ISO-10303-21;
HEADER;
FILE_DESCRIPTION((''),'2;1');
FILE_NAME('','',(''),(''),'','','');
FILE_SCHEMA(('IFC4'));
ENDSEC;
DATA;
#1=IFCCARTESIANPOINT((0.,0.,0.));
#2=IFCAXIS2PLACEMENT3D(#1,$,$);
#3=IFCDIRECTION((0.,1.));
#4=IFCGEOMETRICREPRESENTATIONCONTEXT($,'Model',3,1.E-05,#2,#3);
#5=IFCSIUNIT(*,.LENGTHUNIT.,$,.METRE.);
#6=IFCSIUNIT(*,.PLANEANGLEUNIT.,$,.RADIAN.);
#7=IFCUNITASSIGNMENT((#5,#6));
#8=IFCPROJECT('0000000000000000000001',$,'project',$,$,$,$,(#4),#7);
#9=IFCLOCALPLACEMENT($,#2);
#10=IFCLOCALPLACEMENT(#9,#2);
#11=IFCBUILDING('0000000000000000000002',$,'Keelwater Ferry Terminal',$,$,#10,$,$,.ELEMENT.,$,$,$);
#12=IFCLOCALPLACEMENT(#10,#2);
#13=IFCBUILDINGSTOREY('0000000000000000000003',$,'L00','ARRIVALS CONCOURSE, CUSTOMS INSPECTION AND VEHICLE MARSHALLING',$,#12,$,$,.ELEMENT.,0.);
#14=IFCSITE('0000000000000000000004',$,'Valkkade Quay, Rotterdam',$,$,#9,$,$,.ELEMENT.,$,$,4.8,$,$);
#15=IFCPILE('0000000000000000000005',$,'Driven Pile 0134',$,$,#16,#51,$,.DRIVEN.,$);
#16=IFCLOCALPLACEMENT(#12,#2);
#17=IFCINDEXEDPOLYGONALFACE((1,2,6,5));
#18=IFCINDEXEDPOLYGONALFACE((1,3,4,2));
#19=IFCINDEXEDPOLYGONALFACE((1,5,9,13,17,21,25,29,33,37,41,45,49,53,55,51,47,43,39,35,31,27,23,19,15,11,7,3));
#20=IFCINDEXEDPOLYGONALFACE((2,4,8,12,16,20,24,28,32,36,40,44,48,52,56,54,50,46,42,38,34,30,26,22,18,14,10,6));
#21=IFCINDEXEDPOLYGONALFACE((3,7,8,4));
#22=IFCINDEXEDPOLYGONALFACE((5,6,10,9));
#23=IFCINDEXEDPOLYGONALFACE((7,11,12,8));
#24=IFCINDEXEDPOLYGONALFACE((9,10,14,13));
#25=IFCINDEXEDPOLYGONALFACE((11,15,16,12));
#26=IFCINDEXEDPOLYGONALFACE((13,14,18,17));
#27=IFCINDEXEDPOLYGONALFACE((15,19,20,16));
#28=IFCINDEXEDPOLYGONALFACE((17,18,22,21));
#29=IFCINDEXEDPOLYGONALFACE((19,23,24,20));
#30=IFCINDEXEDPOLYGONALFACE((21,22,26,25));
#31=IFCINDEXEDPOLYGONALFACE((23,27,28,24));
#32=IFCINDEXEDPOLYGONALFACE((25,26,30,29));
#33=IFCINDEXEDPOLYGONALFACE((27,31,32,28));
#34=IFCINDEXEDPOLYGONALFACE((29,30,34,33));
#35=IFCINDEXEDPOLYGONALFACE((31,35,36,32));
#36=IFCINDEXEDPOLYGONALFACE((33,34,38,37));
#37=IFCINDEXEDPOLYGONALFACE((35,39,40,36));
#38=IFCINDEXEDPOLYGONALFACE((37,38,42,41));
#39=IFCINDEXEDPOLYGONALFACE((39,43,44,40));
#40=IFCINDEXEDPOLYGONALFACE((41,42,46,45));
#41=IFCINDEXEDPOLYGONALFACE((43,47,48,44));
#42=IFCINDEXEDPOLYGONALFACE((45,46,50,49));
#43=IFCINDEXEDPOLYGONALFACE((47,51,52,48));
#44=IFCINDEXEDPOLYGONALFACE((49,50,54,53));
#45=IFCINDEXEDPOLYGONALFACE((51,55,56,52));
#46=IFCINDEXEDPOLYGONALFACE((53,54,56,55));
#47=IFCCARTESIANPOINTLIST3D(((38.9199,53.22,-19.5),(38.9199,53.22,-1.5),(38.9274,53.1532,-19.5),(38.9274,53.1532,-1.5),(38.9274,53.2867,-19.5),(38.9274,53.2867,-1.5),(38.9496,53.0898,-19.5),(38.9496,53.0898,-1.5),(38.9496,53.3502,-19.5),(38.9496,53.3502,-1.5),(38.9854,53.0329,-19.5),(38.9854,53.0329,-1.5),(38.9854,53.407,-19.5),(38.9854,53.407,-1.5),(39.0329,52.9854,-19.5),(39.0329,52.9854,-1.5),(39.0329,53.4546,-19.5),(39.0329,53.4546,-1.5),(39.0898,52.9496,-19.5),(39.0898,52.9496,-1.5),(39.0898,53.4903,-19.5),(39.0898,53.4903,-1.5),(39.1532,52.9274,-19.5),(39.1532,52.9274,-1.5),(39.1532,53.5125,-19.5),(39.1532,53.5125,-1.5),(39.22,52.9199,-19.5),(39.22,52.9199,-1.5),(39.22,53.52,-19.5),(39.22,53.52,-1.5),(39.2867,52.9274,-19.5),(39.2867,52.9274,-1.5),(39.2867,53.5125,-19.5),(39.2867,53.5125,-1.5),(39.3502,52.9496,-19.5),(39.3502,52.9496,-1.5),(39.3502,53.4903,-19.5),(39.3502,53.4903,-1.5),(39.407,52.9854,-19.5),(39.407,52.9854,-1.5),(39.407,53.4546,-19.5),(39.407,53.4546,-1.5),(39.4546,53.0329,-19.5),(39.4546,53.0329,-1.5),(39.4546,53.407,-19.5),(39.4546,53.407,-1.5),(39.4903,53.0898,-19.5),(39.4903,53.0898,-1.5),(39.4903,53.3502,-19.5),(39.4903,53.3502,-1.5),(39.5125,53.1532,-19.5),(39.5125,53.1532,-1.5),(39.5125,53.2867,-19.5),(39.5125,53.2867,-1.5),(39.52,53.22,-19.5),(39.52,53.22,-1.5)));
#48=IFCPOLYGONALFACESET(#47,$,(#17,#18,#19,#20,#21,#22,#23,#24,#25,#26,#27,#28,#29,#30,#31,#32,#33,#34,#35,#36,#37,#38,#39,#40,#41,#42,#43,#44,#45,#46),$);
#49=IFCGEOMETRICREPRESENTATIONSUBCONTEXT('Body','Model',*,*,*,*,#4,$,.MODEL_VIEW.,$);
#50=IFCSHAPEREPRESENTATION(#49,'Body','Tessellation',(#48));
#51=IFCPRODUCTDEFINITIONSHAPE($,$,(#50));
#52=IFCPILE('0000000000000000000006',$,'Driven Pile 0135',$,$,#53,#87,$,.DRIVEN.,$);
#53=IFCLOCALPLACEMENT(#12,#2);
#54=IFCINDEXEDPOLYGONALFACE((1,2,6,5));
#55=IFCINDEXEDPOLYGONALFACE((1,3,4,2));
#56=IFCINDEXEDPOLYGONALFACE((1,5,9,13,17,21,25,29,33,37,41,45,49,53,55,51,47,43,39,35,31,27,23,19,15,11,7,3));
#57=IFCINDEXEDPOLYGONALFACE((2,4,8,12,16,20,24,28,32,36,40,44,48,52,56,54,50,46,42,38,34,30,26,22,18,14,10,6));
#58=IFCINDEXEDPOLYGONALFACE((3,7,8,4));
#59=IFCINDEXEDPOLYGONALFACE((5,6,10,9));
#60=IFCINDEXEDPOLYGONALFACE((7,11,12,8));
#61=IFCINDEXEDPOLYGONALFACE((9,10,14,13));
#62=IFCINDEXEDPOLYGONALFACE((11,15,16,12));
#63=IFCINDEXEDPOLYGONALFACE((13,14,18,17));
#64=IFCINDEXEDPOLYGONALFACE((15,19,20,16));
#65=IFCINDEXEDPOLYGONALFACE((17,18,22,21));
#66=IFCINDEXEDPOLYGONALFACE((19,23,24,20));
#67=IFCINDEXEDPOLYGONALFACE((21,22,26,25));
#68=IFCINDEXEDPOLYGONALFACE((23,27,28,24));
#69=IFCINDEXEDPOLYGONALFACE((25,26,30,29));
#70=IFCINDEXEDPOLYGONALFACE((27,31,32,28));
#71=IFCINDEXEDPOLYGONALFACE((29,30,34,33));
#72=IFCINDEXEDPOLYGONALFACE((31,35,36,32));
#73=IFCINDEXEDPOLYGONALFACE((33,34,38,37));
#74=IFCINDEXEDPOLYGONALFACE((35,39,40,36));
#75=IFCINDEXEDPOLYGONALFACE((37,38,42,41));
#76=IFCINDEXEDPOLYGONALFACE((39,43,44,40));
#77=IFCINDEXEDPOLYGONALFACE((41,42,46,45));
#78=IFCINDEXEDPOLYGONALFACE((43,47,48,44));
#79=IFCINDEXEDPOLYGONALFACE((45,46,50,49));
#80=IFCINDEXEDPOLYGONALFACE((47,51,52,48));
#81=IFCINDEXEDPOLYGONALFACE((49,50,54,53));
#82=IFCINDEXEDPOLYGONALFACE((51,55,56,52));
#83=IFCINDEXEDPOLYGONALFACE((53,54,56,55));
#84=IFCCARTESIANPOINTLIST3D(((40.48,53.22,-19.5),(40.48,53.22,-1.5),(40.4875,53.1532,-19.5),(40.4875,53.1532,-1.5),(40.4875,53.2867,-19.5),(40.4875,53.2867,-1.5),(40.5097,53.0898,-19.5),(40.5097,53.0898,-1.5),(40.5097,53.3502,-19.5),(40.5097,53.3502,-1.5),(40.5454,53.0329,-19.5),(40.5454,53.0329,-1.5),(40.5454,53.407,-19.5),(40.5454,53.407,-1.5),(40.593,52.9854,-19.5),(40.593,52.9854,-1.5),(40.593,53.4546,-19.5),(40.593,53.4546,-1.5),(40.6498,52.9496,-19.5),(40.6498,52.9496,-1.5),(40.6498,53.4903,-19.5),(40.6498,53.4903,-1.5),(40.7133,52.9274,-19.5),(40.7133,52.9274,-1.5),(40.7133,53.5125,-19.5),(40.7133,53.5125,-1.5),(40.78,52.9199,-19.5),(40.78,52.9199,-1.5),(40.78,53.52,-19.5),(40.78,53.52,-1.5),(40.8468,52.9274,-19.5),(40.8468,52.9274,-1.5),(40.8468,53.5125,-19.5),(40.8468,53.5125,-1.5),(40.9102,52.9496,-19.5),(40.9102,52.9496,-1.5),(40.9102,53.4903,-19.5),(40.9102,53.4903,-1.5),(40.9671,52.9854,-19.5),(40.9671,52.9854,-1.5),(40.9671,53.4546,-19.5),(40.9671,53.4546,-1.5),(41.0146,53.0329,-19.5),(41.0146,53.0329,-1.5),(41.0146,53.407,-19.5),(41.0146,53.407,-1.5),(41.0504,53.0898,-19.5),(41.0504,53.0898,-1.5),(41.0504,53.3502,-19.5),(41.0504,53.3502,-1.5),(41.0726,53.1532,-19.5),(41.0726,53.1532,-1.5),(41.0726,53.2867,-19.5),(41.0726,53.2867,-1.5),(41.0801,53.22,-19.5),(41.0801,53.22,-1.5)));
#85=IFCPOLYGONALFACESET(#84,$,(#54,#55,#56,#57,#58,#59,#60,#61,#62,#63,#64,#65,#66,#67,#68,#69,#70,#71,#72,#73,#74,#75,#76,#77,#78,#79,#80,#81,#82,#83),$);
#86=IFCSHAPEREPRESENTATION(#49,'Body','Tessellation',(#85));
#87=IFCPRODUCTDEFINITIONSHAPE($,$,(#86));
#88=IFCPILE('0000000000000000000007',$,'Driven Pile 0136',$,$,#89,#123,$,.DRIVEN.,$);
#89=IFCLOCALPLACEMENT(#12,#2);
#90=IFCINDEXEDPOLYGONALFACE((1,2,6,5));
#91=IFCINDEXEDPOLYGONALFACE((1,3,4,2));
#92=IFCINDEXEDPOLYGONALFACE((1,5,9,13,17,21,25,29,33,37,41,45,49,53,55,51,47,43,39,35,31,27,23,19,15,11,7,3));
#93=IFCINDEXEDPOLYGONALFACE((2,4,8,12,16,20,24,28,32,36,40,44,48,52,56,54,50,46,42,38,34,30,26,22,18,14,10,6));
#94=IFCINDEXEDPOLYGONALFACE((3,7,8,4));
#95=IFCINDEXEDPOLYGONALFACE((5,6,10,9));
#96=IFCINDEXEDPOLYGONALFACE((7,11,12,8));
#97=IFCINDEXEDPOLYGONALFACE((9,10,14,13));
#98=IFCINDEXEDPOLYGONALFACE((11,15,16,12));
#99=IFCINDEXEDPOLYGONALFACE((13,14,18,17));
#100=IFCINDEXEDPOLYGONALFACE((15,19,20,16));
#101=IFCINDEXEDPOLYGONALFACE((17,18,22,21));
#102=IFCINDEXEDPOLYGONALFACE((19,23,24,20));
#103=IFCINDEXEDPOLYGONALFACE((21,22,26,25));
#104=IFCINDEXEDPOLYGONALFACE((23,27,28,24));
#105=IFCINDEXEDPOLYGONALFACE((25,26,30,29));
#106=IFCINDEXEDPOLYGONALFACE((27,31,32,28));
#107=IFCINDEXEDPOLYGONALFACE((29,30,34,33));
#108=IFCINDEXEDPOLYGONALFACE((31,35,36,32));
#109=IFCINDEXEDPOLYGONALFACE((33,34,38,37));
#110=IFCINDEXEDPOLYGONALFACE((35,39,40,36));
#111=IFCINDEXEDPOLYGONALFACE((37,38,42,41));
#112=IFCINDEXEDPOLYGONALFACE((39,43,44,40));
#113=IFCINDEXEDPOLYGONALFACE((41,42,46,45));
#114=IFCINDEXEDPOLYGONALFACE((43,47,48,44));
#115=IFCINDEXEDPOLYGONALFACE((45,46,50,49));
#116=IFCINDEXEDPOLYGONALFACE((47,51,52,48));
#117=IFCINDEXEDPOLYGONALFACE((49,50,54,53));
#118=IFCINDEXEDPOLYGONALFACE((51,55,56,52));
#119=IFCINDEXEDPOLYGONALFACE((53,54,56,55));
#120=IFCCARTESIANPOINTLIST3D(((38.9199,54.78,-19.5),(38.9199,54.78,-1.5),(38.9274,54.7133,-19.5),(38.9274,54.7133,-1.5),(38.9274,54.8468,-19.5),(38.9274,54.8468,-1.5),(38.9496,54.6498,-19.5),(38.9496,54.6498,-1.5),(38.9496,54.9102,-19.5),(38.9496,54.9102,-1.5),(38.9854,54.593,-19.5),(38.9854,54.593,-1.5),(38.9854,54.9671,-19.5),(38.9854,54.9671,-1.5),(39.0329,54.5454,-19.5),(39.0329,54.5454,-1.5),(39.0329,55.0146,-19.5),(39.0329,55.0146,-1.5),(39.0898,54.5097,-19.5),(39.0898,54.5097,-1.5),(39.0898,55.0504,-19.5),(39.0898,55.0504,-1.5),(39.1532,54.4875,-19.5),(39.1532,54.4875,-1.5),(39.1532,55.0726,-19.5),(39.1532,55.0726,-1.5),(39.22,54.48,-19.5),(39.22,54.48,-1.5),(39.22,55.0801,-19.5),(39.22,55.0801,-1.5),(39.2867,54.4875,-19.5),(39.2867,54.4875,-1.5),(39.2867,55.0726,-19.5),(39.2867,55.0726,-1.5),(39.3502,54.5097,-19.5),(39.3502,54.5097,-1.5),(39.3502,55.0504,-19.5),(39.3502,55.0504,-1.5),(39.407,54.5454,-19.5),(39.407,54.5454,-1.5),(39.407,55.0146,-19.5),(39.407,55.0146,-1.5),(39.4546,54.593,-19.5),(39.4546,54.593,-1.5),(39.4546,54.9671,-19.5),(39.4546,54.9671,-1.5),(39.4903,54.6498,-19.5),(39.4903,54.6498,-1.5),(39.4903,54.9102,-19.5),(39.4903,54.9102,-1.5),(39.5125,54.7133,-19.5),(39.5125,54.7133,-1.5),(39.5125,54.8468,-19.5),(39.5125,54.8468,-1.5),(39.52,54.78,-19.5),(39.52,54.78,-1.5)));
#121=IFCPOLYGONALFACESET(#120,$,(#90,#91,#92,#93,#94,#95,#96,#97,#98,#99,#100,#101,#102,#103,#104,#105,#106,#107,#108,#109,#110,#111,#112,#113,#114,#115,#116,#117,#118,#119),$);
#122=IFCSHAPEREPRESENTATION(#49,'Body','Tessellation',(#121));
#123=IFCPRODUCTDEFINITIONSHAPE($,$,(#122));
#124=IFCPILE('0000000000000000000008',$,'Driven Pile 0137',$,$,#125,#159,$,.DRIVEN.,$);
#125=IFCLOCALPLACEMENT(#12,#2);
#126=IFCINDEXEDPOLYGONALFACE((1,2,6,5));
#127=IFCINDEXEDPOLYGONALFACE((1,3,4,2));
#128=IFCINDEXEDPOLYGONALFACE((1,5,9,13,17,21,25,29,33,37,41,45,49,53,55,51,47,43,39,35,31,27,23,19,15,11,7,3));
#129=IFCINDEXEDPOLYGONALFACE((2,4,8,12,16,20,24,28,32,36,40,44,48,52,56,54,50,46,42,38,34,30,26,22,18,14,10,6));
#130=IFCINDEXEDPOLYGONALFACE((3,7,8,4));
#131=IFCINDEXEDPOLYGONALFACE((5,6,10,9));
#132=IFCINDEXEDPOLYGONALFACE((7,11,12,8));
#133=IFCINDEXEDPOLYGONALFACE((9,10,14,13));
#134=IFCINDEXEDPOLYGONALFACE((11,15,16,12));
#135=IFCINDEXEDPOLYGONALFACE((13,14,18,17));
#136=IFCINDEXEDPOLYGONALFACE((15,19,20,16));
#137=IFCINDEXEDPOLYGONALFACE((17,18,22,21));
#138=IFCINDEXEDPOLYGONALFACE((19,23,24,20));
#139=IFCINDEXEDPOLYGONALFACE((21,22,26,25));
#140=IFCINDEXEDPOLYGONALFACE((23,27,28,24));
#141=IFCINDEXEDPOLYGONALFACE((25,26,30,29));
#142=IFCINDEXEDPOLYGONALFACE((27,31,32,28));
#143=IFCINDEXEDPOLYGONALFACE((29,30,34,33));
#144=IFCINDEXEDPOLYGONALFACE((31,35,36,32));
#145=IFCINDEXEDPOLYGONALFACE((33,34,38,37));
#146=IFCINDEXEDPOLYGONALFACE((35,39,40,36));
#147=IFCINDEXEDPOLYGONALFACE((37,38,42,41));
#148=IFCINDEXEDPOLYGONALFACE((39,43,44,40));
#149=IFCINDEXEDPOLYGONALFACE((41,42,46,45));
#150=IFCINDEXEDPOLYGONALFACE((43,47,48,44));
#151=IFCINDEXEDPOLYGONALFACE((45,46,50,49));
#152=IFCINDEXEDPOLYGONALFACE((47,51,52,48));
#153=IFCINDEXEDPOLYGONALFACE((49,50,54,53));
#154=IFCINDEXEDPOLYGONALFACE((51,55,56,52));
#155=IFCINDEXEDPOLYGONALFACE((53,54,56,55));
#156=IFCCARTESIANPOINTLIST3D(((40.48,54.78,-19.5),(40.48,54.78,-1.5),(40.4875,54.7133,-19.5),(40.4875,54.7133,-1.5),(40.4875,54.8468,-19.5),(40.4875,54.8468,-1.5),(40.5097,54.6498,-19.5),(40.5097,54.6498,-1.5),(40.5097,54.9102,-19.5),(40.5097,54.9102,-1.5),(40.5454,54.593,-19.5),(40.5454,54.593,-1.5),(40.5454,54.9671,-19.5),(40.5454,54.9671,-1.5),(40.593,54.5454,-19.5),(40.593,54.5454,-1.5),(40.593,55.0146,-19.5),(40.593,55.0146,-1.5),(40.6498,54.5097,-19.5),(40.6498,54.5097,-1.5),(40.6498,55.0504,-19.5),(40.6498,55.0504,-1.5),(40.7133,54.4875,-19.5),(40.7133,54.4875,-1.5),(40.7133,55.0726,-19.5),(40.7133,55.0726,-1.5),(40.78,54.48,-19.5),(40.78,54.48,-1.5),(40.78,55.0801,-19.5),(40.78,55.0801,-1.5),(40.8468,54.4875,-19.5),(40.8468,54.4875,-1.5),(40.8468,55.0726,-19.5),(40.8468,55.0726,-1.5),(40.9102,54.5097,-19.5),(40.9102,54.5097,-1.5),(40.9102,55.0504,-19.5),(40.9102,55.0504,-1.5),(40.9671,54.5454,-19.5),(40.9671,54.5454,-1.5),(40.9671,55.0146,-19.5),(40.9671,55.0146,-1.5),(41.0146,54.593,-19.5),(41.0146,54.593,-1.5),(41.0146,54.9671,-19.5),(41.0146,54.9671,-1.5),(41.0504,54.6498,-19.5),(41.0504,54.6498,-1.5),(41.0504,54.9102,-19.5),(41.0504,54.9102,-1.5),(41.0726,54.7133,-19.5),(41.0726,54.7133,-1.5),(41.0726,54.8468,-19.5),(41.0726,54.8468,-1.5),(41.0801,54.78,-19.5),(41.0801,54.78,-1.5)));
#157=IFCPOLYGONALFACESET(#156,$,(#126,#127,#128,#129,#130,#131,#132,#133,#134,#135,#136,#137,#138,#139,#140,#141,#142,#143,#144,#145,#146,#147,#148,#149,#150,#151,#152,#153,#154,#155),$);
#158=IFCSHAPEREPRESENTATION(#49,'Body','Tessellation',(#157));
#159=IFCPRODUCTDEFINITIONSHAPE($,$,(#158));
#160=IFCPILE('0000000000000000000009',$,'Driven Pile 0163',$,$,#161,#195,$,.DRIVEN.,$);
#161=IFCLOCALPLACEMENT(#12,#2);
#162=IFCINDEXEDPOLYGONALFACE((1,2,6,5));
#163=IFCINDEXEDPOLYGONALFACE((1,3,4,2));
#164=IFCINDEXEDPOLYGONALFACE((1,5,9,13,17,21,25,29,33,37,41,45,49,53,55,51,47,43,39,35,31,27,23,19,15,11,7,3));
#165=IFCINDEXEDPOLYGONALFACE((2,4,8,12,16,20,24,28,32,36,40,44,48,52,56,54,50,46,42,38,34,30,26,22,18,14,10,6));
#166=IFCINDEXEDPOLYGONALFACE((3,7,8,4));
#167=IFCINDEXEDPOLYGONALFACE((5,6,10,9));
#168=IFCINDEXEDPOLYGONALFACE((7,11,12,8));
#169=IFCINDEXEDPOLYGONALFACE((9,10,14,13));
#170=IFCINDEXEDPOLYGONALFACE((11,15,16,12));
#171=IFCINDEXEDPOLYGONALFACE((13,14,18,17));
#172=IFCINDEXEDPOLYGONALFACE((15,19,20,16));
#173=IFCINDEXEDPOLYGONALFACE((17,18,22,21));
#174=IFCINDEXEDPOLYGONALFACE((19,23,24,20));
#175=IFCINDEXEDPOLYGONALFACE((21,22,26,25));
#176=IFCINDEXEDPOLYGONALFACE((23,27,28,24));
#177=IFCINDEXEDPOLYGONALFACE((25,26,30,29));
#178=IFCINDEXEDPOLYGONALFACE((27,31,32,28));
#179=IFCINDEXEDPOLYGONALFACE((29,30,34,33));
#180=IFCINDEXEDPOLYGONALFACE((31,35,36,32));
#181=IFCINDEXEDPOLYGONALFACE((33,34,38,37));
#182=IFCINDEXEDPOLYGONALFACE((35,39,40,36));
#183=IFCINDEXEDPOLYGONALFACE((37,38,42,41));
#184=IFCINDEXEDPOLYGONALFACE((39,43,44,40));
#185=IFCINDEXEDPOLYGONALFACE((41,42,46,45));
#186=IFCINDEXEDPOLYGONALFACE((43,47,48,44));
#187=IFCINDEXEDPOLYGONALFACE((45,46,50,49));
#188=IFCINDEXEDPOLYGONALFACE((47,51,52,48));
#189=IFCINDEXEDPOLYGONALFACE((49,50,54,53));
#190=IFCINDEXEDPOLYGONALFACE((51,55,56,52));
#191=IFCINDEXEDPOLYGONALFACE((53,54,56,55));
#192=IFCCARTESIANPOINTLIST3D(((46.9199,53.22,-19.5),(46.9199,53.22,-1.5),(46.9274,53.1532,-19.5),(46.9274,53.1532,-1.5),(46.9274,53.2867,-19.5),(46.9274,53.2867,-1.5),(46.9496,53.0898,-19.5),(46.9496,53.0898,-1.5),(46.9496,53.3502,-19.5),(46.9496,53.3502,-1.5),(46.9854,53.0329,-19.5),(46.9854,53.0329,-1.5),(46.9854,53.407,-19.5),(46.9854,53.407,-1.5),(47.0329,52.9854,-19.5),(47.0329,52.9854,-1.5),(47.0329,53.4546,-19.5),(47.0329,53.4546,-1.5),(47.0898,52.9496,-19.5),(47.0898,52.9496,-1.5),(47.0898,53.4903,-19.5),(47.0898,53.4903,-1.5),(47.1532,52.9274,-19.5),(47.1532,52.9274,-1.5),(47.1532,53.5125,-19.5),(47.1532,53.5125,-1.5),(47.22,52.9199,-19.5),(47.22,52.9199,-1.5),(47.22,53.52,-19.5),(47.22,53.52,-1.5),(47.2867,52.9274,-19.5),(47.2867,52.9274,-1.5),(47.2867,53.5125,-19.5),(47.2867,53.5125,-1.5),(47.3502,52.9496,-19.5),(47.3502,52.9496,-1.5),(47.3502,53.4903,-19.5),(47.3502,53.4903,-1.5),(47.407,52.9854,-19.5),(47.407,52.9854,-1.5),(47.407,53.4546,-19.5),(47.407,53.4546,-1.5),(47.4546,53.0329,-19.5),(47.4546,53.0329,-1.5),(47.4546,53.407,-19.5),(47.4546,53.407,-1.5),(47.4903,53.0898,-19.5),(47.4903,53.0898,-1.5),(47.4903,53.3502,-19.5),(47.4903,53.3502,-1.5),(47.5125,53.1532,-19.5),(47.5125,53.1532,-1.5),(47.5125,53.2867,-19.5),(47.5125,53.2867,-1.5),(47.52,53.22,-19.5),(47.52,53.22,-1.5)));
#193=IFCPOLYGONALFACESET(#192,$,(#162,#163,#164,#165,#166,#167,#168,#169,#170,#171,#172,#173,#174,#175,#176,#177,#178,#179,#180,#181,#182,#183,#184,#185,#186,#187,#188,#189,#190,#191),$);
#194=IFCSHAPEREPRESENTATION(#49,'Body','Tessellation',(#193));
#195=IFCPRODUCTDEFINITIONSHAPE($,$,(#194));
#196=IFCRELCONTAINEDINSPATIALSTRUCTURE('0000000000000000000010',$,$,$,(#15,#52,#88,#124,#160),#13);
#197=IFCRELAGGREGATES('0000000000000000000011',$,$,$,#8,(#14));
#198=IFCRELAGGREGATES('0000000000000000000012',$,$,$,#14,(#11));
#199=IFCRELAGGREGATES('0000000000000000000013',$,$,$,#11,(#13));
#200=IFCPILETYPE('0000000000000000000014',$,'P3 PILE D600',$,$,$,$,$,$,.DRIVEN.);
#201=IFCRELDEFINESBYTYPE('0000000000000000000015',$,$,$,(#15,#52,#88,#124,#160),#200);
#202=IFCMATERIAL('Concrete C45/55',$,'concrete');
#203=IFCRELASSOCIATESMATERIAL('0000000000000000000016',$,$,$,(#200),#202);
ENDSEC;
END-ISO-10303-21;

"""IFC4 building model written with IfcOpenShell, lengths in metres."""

from ifc_helpers import new_model, si_unit, direction, frame, origin, origin_2d, place, context, subcontext, project, spatial, circle, extrude, material, material_profile, profile_set, type_object, element, save


model = new_model("IFC4")

# Units and contexts
model_context = context("Model", 3, precision=1e-05, world=origin(), true_north=direction((0.0, 1.0)))
body_context = subcontext(model_context, "Body", "Model", "MODEL_VIEW")
ifc_project = project(units=[si_unit("LENGTHUNIT", "METRE"), si_unit("PLANEANGLEUNIT", "RADIAN")], contexts=[model_context])

# Site, building, storey
site_placement = place(None, origin())
site = spatial("IfcSite", under=ifc_project, at=site_placement, Name="Valkkade Quay, Rotterdam", CompositionType="ELEMENT", RefElevation=4.8)
building_placement = place(site_placement, origin())
building = spatial("IfcBuilding", under=site, at=building_placement, Name="Keelwater Ferry Terminal", CompositionType="ELEMENT")
storey_placement = place(building_placement, origin())
storey = spatial("IfcBuildingStorey", under=building, at=storey_placement, Name="L00", Description="ARRIVALS CONCOURSE, CUSTOMS INSPECTION AND VEHICLE MARSHALLING", CompositionType="ELEMENT", Elevation=0.0)

# Piles
ifc_material_1 = material(Name="Concrete C45/55", Category="concrete")
ifc_material_profile_1 = material_profile(ifc_material_1, circle(Radius=0.3, at=origin_2d()), Name="PILE D600")
ifc_profile_set_1 = profile_set([ifc_material_profile_1], Name="Concrete C45/55")
pile_type_1 = type_object("IfcPileType", Name="P3 PILE D600", PredefinedType="DRIVEN", material=ifc_profile_set_1)
for number, where, z_axis, x_axis, name in (
    (1, (39.22, 53.22, -1.5), (0.0, 0.0, -1.0), (1.0, 0.0, 0.0), "Driven Pile 0134"),
    (2, (40.78, 53.22, -1.5), (0.0, 0.0, -1.0), (1.0, 0.0, 0.0), "Driven Pile 0135"),
    (3, (39.22, 54.78, -1.5), (0.0, 0.0, -1.0), (1.0, 0.0, 0.0), "Driven Pile 0136"),
    (4, (40.78, 54.78, -1.5), (0.0, 0.0, -1.0), (1.0, 0.0, 0.0), "Driven Pile 0137"),
    (5, (47.22, 53.22, -1.5), (0.0, 0.0, -1.0), (1.0, 0.0, 0.0), "Driven Pile 0163"),
):
    element("IfcPile", number, at=place(storey_placement, frame(where, z_axis=z_axis, x_axis=x_axis)), inside=storey, type_object=pile_type_1, Name=name, PredefinedType="DRIVEN", context=body_context, shape_type="SweptSolid", body=[
        extrude(circle(Radius=0.3, at=origin_2d()), origin(), (0.0, 0.0, 1.0), 18.0),
    ])

save(model, "model.ifc")
